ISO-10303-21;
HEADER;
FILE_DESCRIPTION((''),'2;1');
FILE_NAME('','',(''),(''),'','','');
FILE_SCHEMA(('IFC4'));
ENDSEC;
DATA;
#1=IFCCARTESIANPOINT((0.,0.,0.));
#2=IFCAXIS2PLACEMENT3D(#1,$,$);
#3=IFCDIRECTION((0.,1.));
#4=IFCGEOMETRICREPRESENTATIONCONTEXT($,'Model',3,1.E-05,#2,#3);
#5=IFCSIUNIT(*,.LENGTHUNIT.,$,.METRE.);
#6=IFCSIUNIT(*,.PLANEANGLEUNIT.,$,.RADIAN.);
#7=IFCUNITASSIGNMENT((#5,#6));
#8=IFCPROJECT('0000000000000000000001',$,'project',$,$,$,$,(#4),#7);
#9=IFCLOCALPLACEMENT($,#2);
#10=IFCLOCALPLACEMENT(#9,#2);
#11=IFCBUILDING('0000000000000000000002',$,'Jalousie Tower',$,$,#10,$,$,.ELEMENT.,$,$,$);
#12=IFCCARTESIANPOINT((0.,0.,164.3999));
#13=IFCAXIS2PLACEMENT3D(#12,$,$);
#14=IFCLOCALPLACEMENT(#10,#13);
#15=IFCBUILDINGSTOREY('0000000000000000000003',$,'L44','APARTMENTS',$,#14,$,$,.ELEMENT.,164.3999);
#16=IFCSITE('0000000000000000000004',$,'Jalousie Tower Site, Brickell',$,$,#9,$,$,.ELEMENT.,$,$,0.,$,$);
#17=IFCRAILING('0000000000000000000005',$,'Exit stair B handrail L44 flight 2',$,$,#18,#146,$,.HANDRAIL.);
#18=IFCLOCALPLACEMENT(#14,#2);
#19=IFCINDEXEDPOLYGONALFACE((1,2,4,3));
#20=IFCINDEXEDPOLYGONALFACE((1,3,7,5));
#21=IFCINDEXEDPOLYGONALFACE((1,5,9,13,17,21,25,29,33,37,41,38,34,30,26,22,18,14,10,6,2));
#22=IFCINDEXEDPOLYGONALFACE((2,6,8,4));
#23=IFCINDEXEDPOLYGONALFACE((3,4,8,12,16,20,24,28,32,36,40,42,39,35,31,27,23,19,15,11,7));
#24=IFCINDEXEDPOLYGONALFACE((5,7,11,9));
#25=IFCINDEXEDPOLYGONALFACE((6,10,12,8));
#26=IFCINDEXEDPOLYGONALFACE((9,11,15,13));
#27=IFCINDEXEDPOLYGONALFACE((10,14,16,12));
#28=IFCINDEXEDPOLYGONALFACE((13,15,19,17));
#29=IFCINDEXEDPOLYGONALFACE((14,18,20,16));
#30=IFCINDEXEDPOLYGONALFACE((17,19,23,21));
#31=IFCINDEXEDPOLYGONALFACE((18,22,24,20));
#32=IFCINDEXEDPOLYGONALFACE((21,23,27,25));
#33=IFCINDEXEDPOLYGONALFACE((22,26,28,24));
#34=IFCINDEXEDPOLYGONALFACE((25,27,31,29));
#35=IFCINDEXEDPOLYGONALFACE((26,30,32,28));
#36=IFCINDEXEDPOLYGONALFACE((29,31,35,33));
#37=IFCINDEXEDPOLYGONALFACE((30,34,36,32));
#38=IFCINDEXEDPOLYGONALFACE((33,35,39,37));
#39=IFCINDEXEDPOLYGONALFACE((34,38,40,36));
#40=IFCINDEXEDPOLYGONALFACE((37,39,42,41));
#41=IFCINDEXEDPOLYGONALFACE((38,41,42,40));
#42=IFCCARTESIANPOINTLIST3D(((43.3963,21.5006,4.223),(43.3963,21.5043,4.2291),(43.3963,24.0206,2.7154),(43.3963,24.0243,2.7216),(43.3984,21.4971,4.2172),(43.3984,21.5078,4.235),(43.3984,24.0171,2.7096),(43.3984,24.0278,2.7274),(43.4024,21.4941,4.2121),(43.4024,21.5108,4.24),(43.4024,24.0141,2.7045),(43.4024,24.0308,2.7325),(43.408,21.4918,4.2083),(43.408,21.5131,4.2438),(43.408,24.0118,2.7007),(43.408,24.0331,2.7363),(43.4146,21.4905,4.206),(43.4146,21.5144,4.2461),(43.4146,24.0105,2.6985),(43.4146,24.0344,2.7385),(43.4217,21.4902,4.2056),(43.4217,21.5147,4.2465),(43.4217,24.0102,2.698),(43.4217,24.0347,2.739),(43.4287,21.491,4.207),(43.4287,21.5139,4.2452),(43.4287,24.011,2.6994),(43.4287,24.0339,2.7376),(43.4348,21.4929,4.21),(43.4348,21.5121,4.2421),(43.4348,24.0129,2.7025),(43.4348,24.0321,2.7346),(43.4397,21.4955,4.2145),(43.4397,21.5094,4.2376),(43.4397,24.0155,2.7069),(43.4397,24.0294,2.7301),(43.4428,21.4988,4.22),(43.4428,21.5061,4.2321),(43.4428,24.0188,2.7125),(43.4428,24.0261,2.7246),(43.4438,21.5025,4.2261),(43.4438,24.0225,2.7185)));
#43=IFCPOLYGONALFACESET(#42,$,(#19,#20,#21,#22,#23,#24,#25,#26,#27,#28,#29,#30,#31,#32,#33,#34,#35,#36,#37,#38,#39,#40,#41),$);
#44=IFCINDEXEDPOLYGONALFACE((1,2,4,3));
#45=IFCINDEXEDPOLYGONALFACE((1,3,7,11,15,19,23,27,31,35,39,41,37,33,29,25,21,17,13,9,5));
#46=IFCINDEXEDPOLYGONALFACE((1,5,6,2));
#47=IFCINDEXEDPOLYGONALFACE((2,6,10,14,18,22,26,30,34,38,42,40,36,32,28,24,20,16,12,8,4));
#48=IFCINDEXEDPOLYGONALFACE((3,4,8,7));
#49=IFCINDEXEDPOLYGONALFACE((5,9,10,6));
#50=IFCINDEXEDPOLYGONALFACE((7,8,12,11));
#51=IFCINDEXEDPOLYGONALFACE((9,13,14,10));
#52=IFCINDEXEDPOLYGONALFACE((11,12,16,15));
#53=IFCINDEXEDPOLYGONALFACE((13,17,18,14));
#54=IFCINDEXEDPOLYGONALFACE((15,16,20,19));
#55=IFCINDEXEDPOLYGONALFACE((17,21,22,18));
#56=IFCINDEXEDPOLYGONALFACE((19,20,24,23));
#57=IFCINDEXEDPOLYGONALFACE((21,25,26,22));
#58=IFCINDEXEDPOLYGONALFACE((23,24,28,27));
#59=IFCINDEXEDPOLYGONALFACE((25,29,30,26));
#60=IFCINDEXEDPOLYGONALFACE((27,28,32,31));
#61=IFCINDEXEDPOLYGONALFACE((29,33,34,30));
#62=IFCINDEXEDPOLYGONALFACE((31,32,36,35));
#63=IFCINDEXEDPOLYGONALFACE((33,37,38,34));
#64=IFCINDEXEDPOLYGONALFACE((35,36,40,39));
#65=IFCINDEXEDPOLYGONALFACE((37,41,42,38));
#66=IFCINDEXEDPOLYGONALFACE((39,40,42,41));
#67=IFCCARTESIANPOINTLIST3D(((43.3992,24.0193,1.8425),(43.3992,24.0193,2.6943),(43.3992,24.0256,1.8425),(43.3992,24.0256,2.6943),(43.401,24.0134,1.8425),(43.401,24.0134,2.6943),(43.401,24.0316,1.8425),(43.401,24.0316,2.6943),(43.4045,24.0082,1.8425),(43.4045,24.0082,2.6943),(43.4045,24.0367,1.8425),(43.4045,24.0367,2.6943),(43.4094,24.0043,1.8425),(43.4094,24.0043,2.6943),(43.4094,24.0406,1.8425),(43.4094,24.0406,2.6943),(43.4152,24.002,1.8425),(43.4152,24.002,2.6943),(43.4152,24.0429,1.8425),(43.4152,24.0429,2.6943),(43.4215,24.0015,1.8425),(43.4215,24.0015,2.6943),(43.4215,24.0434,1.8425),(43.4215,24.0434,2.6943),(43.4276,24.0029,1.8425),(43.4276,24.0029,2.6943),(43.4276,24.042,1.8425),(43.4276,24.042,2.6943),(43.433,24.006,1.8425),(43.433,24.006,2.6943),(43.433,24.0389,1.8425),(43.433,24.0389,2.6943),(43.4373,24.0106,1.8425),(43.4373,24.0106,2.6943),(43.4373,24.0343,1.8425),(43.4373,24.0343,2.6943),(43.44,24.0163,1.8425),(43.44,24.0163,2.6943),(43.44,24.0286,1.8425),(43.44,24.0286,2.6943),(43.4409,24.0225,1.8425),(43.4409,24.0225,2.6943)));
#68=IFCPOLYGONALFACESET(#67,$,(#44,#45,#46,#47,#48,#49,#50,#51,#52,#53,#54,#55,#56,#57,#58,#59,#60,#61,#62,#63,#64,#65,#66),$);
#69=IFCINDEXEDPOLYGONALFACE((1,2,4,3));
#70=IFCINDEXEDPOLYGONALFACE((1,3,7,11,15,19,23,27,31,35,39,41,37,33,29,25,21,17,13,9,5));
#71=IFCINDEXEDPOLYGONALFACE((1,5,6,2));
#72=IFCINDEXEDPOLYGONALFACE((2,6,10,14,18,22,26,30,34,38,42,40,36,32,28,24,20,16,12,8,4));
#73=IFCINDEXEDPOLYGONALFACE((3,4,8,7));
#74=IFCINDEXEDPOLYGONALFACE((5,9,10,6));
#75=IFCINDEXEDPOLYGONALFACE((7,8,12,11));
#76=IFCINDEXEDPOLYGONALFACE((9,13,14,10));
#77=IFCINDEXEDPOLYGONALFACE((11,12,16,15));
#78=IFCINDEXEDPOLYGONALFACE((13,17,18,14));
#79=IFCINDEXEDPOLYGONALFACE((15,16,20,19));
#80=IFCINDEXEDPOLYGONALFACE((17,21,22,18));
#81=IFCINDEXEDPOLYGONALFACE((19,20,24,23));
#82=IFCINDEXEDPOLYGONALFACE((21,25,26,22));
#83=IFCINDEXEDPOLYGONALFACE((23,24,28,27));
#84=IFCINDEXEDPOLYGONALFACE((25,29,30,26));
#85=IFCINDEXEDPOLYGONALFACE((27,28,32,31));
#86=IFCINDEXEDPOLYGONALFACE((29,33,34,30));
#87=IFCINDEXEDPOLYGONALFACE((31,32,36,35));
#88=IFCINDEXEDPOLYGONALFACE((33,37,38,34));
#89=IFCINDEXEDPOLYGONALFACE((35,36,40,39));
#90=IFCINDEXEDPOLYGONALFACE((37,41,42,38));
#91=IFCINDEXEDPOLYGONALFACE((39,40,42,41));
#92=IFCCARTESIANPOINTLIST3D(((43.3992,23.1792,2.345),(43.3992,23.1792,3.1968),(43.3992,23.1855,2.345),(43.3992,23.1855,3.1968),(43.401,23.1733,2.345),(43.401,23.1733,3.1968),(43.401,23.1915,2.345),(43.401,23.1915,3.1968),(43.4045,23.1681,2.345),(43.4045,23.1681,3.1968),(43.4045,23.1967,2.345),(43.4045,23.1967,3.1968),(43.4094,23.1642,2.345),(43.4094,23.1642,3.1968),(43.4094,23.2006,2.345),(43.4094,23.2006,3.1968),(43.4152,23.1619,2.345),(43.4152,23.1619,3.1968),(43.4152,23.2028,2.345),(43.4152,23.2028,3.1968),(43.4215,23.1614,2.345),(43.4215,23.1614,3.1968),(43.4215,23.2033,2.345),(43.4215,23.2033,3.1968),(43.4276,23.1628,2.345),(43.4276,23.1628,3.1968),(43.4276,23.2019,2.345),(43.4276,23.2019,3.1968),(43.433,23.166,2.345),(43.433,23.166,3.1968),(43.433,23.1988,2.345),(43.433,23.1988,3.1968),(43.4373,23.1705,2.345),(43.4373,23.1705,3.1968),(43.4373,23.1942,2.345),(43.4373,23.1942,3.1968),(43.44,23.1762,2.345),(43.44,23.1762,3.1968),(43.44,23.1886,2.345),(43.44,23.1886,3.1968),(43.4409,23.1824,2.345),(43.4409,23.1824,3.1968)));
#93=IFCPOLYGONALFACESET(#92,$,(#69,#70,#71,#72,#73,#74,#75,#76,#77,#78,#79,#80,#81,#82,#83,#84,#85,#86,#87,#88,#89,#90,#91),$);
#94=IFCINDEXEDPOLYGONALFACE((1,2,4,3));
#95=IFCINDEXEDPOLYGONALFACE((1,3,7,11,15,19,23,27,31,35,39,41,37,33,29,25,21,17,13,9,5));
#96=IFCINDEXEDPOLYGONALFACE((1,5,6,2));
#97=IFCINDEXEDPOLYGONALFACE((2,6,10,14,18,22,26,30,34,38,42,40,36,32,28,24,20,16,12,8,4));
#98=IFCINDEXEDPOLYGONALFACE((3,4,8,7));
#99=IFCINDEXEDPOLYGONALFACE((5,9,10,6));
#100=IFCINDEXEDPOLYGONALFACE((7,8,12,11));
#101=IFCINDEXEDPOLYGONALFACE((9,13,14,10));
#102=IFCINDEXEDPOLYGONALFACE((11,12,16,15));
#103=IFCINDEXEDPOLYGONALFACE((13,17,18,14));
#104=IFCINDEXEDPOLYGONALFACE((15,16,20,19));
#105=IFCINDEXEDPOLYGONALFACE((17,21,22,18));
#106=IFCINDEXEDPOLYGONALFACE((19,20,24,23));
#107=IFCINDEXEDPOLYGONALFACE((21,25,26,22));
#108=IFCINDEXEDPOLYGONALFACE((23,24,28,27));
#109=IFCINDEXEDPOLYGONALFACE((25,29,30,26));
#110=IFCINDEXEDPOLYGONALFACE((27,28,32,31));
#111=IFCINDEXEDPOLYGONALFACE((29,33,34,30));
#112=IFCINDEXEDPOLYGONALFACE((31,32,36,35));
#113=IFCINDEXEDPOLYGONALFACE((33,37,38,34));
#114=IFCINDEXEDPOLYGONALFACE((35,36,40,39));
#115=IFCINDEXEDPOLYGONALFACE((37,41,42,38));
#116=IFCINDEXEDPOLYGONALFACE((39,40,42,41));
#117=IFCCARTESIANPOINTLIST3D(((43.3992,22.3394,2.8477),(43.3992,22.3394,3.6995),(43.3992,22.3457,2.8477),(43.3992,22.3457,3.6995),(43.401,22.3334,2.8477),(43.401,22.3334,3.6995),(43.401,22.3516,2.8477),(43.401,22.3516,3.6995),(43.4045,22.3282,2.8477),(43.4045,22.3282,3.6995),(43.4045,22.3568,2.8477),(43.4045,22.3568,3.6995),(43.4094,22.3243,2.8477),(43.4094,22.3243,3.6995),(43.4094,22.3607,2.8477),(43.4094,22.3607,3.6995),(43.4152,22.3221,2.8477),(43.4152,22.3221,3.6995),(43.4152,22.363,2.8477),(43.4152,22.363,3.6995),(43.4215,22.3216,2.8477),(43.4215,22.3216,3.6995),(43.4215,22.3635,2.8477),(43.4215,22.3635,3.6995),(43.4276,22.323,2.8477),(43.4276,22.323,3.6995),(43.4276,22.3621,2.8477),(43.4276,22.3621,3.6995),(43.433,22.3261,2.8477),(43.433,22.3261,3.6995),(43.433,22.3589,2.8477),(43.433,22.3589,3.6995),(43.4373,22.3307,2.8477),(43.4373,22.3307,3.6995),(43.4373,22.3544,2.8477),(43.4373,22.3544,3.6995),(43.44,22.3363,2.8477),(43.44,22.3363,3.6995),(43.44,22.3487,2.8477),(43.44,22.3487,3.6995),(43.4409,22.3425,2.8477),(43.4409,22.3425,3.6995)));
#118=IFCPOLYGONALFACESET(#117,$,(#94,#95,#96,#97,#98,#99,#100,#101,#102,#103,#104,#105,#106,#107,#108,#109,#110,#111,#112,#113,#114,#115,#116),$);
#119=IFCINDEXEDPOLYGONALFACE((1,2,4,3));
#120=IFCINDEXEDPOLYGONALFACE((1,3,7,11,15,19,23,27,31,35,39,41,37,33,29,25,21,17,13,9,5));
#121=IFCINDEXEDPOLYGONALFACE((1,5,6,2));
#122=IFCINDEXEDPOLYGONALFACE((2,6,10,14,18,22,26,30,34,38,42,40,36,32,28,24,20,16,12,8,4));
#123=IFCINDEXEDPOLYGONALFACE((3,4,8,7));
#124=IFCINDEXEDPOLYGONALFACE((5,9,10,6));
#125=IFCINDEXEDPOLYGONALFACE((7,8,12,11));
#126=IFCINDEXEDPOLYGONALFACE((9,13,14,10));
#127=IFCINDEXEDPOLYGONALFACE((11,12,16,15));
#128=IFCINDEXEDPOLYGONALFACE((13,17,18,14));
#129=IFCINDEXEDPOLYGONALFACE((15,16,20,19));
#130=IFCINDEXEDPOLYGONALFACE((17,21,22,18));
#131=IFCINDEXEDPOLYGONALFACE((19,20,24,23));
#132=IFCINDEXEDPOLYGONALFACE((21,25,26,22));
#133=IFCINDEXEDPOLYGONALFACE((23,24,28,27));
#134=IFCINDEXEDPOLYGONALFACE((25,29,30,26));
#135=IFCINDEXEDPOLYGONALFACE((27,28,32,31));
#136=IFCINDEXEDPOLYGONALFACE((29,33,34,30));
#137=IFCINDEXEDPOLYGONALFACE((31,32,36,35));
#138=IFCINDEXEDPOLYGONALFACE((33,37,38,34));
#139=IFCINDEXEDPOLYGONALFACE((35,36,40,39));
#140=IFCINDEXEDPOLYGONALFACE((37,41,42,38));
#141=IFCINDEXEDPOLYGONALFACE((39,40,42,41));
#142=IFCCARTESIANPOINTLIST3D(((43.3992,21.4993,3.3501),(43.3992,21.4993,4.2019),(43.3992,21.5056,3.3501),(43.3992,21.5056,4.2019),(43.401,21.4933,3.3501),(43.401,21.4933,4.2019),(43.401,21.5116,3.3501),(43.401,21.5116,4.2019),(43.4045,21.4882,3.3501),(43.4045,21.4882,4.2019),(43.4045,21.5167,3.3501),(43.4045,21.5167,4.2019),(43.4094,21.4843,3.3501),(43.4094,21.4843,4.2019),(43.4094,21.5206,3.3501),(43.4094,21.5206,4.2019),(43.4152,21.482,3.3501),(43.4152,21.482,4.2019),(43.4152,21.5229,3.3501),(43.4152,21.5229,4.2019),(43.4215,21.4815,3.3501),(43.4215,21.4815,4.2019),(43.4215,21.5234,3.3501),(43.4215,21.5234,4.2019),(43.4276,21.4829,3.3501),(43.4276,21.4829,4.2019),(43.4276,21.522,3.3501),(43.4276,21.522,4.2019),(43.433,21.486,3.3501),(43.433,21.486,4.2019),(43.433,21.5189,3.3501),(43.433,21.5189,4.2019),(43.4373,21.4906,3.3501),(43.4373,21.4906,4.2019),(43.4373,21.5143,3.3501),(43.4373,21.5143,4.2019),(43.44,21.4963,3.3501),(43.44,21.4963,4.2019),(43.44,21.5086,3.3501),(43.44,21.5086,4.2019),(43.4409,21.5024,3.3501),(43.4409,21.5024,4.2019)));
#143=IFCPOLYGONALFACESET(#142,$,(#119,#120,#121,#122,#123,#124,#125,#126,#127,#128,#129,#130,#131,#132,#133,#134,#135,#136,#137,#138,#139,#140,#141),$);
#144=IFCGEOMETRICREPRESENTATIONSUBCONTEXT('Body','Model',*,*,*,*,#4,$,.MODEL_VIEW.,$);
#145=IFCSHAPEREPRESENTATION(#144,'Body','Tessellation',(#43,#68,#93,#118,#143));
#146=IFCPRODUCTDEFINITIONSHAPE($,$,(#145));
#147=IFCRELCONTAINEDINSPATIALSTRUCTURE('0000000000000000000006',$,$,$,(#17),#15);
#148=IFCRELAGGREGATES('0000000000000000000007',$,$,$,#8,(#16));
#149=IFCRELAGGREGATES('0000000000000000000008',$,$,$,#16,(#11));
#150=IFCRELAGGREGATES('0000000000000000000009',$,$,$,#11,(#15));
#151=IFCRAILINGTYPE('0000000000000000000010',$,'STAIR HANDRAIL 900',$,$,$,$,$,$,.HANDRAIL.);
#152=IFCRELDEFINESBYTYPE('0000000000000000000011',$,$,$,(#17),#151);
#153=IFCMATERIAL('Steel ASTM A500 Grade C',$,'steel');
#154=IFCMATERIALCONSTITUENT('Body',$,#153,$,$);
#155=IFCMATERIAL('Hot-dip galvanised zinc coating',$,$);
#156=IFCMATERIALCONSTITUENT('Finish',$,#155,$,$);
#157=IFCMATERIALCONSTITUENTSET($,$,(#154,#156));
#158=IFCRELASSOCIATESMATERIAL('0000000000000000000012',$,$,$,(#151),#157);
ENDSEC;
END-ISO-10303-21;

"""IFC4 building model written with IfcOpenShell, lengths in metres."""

from ifc_helpers import new_model, si_unit, direction, frame, origin, origin_2d, place, context, subcontext, project, spatial, circle, extrude, material, constituent, constituent_set, type_object, element, save


model = new_model("IFC4")

# Units and contexts
model_context = context("Model", 3, precision=1e-05, world=origin(), true_north=direction((0.0, 1.0)))
body_context = subcontext(model_context, "Body", "Model", "MODEL_VIEW")
ifc_project = project(units=[si_unit("LENGTHUNIT", "METRE"), si_unit("PLANEANGLEUNIT", "RADIAN")], contexts=[model_context])

# Site, building, storey
site_placement = place(None, origin())
site = spatial("IfcSite", under=ifc_project, at=site_placement, Name="Jalousie Tower Site, Brickell", CompositionType="ELEMENT", RefElevation=0.0)
building_placement = place(site_placement, origin())
building = spatial("IfcBuilding", under=site, at=building_placement, Name="Jalousie Tower", CompositionType="ELEMENT")
storey_placement = place(building_placement, frame((0.0, 0.0, 164.3999)))
storey = spatial("IfcBuildingStorey", under=building, at=storey_placement, Name="L44", Description="APARTMENTS", CompositionType="ELEMENT", Elevation=164.3999)

# Railing
ifc_material_1 = material(Name="Steel ASTM A500 Grade C", Category="steel")
ifc_constituent_1 = constituent(ifc_material_1, Name="Body")
ifc_material_2 = material(Name="Hot-dip galvanised zinc coating")
ifc_constituent_2 = constituent(ifc_material_2, Name="Finish")
ifc_constituent_set_1 = constituent_set(constituents=[ifc_constituent_1, ifc_constituent_2])
railing_type_1 = type_object("IfcRailingType", Name="STAIR HANDRAIL 900", PredefinedType="HANDRAIL", material=ifc_constituent_set_1)
railing_1_placement = place(storey_placement, frame((43.4199, 24.0225, 1.8425)))
element("IfcRailing", 1, at=railing_1_placement, inside=storey, type_object=railing_type_1, Name="Exit stair B handrail L44 flight 2", PredefinedType="HANDRAIL", context=body_context, shape_type="SweptSolid", body=[
    extrude(circle(Radius=0.0239, at=origin_2d()), frame((0.0, 0.0, 0.876), z_axis=(0.0, -0.85816, 0.513383), x_axis=(1.0, 0.0, 0.0)), (0.0, 0.0, 1.0), 2.9365),
    extrude(circle(Radius=0.021, at=origin_2d()), origin(), (0.0, 0.0, 1.0), 0.8518),
    extrude(circle(Radius=0.021, at=origin_2d()), frame((0.0, -0.8401, 0.5024)), (0.0, 0.0, 1.0), 0.8518),
    extrude(circle(Radius=0.021, at=origin_2d()), frame((0.0, -1.6799, 1.0051)), (0.0, 0.0, 1.0), 0.8518),
    extrude(circle(Radius=0.021, at=origin_2d()), frame((0.0, -2.52, 1.5076)), (0.0, 0.0, 1.0), 0.8518),
])

save(model, "model.ifc")
